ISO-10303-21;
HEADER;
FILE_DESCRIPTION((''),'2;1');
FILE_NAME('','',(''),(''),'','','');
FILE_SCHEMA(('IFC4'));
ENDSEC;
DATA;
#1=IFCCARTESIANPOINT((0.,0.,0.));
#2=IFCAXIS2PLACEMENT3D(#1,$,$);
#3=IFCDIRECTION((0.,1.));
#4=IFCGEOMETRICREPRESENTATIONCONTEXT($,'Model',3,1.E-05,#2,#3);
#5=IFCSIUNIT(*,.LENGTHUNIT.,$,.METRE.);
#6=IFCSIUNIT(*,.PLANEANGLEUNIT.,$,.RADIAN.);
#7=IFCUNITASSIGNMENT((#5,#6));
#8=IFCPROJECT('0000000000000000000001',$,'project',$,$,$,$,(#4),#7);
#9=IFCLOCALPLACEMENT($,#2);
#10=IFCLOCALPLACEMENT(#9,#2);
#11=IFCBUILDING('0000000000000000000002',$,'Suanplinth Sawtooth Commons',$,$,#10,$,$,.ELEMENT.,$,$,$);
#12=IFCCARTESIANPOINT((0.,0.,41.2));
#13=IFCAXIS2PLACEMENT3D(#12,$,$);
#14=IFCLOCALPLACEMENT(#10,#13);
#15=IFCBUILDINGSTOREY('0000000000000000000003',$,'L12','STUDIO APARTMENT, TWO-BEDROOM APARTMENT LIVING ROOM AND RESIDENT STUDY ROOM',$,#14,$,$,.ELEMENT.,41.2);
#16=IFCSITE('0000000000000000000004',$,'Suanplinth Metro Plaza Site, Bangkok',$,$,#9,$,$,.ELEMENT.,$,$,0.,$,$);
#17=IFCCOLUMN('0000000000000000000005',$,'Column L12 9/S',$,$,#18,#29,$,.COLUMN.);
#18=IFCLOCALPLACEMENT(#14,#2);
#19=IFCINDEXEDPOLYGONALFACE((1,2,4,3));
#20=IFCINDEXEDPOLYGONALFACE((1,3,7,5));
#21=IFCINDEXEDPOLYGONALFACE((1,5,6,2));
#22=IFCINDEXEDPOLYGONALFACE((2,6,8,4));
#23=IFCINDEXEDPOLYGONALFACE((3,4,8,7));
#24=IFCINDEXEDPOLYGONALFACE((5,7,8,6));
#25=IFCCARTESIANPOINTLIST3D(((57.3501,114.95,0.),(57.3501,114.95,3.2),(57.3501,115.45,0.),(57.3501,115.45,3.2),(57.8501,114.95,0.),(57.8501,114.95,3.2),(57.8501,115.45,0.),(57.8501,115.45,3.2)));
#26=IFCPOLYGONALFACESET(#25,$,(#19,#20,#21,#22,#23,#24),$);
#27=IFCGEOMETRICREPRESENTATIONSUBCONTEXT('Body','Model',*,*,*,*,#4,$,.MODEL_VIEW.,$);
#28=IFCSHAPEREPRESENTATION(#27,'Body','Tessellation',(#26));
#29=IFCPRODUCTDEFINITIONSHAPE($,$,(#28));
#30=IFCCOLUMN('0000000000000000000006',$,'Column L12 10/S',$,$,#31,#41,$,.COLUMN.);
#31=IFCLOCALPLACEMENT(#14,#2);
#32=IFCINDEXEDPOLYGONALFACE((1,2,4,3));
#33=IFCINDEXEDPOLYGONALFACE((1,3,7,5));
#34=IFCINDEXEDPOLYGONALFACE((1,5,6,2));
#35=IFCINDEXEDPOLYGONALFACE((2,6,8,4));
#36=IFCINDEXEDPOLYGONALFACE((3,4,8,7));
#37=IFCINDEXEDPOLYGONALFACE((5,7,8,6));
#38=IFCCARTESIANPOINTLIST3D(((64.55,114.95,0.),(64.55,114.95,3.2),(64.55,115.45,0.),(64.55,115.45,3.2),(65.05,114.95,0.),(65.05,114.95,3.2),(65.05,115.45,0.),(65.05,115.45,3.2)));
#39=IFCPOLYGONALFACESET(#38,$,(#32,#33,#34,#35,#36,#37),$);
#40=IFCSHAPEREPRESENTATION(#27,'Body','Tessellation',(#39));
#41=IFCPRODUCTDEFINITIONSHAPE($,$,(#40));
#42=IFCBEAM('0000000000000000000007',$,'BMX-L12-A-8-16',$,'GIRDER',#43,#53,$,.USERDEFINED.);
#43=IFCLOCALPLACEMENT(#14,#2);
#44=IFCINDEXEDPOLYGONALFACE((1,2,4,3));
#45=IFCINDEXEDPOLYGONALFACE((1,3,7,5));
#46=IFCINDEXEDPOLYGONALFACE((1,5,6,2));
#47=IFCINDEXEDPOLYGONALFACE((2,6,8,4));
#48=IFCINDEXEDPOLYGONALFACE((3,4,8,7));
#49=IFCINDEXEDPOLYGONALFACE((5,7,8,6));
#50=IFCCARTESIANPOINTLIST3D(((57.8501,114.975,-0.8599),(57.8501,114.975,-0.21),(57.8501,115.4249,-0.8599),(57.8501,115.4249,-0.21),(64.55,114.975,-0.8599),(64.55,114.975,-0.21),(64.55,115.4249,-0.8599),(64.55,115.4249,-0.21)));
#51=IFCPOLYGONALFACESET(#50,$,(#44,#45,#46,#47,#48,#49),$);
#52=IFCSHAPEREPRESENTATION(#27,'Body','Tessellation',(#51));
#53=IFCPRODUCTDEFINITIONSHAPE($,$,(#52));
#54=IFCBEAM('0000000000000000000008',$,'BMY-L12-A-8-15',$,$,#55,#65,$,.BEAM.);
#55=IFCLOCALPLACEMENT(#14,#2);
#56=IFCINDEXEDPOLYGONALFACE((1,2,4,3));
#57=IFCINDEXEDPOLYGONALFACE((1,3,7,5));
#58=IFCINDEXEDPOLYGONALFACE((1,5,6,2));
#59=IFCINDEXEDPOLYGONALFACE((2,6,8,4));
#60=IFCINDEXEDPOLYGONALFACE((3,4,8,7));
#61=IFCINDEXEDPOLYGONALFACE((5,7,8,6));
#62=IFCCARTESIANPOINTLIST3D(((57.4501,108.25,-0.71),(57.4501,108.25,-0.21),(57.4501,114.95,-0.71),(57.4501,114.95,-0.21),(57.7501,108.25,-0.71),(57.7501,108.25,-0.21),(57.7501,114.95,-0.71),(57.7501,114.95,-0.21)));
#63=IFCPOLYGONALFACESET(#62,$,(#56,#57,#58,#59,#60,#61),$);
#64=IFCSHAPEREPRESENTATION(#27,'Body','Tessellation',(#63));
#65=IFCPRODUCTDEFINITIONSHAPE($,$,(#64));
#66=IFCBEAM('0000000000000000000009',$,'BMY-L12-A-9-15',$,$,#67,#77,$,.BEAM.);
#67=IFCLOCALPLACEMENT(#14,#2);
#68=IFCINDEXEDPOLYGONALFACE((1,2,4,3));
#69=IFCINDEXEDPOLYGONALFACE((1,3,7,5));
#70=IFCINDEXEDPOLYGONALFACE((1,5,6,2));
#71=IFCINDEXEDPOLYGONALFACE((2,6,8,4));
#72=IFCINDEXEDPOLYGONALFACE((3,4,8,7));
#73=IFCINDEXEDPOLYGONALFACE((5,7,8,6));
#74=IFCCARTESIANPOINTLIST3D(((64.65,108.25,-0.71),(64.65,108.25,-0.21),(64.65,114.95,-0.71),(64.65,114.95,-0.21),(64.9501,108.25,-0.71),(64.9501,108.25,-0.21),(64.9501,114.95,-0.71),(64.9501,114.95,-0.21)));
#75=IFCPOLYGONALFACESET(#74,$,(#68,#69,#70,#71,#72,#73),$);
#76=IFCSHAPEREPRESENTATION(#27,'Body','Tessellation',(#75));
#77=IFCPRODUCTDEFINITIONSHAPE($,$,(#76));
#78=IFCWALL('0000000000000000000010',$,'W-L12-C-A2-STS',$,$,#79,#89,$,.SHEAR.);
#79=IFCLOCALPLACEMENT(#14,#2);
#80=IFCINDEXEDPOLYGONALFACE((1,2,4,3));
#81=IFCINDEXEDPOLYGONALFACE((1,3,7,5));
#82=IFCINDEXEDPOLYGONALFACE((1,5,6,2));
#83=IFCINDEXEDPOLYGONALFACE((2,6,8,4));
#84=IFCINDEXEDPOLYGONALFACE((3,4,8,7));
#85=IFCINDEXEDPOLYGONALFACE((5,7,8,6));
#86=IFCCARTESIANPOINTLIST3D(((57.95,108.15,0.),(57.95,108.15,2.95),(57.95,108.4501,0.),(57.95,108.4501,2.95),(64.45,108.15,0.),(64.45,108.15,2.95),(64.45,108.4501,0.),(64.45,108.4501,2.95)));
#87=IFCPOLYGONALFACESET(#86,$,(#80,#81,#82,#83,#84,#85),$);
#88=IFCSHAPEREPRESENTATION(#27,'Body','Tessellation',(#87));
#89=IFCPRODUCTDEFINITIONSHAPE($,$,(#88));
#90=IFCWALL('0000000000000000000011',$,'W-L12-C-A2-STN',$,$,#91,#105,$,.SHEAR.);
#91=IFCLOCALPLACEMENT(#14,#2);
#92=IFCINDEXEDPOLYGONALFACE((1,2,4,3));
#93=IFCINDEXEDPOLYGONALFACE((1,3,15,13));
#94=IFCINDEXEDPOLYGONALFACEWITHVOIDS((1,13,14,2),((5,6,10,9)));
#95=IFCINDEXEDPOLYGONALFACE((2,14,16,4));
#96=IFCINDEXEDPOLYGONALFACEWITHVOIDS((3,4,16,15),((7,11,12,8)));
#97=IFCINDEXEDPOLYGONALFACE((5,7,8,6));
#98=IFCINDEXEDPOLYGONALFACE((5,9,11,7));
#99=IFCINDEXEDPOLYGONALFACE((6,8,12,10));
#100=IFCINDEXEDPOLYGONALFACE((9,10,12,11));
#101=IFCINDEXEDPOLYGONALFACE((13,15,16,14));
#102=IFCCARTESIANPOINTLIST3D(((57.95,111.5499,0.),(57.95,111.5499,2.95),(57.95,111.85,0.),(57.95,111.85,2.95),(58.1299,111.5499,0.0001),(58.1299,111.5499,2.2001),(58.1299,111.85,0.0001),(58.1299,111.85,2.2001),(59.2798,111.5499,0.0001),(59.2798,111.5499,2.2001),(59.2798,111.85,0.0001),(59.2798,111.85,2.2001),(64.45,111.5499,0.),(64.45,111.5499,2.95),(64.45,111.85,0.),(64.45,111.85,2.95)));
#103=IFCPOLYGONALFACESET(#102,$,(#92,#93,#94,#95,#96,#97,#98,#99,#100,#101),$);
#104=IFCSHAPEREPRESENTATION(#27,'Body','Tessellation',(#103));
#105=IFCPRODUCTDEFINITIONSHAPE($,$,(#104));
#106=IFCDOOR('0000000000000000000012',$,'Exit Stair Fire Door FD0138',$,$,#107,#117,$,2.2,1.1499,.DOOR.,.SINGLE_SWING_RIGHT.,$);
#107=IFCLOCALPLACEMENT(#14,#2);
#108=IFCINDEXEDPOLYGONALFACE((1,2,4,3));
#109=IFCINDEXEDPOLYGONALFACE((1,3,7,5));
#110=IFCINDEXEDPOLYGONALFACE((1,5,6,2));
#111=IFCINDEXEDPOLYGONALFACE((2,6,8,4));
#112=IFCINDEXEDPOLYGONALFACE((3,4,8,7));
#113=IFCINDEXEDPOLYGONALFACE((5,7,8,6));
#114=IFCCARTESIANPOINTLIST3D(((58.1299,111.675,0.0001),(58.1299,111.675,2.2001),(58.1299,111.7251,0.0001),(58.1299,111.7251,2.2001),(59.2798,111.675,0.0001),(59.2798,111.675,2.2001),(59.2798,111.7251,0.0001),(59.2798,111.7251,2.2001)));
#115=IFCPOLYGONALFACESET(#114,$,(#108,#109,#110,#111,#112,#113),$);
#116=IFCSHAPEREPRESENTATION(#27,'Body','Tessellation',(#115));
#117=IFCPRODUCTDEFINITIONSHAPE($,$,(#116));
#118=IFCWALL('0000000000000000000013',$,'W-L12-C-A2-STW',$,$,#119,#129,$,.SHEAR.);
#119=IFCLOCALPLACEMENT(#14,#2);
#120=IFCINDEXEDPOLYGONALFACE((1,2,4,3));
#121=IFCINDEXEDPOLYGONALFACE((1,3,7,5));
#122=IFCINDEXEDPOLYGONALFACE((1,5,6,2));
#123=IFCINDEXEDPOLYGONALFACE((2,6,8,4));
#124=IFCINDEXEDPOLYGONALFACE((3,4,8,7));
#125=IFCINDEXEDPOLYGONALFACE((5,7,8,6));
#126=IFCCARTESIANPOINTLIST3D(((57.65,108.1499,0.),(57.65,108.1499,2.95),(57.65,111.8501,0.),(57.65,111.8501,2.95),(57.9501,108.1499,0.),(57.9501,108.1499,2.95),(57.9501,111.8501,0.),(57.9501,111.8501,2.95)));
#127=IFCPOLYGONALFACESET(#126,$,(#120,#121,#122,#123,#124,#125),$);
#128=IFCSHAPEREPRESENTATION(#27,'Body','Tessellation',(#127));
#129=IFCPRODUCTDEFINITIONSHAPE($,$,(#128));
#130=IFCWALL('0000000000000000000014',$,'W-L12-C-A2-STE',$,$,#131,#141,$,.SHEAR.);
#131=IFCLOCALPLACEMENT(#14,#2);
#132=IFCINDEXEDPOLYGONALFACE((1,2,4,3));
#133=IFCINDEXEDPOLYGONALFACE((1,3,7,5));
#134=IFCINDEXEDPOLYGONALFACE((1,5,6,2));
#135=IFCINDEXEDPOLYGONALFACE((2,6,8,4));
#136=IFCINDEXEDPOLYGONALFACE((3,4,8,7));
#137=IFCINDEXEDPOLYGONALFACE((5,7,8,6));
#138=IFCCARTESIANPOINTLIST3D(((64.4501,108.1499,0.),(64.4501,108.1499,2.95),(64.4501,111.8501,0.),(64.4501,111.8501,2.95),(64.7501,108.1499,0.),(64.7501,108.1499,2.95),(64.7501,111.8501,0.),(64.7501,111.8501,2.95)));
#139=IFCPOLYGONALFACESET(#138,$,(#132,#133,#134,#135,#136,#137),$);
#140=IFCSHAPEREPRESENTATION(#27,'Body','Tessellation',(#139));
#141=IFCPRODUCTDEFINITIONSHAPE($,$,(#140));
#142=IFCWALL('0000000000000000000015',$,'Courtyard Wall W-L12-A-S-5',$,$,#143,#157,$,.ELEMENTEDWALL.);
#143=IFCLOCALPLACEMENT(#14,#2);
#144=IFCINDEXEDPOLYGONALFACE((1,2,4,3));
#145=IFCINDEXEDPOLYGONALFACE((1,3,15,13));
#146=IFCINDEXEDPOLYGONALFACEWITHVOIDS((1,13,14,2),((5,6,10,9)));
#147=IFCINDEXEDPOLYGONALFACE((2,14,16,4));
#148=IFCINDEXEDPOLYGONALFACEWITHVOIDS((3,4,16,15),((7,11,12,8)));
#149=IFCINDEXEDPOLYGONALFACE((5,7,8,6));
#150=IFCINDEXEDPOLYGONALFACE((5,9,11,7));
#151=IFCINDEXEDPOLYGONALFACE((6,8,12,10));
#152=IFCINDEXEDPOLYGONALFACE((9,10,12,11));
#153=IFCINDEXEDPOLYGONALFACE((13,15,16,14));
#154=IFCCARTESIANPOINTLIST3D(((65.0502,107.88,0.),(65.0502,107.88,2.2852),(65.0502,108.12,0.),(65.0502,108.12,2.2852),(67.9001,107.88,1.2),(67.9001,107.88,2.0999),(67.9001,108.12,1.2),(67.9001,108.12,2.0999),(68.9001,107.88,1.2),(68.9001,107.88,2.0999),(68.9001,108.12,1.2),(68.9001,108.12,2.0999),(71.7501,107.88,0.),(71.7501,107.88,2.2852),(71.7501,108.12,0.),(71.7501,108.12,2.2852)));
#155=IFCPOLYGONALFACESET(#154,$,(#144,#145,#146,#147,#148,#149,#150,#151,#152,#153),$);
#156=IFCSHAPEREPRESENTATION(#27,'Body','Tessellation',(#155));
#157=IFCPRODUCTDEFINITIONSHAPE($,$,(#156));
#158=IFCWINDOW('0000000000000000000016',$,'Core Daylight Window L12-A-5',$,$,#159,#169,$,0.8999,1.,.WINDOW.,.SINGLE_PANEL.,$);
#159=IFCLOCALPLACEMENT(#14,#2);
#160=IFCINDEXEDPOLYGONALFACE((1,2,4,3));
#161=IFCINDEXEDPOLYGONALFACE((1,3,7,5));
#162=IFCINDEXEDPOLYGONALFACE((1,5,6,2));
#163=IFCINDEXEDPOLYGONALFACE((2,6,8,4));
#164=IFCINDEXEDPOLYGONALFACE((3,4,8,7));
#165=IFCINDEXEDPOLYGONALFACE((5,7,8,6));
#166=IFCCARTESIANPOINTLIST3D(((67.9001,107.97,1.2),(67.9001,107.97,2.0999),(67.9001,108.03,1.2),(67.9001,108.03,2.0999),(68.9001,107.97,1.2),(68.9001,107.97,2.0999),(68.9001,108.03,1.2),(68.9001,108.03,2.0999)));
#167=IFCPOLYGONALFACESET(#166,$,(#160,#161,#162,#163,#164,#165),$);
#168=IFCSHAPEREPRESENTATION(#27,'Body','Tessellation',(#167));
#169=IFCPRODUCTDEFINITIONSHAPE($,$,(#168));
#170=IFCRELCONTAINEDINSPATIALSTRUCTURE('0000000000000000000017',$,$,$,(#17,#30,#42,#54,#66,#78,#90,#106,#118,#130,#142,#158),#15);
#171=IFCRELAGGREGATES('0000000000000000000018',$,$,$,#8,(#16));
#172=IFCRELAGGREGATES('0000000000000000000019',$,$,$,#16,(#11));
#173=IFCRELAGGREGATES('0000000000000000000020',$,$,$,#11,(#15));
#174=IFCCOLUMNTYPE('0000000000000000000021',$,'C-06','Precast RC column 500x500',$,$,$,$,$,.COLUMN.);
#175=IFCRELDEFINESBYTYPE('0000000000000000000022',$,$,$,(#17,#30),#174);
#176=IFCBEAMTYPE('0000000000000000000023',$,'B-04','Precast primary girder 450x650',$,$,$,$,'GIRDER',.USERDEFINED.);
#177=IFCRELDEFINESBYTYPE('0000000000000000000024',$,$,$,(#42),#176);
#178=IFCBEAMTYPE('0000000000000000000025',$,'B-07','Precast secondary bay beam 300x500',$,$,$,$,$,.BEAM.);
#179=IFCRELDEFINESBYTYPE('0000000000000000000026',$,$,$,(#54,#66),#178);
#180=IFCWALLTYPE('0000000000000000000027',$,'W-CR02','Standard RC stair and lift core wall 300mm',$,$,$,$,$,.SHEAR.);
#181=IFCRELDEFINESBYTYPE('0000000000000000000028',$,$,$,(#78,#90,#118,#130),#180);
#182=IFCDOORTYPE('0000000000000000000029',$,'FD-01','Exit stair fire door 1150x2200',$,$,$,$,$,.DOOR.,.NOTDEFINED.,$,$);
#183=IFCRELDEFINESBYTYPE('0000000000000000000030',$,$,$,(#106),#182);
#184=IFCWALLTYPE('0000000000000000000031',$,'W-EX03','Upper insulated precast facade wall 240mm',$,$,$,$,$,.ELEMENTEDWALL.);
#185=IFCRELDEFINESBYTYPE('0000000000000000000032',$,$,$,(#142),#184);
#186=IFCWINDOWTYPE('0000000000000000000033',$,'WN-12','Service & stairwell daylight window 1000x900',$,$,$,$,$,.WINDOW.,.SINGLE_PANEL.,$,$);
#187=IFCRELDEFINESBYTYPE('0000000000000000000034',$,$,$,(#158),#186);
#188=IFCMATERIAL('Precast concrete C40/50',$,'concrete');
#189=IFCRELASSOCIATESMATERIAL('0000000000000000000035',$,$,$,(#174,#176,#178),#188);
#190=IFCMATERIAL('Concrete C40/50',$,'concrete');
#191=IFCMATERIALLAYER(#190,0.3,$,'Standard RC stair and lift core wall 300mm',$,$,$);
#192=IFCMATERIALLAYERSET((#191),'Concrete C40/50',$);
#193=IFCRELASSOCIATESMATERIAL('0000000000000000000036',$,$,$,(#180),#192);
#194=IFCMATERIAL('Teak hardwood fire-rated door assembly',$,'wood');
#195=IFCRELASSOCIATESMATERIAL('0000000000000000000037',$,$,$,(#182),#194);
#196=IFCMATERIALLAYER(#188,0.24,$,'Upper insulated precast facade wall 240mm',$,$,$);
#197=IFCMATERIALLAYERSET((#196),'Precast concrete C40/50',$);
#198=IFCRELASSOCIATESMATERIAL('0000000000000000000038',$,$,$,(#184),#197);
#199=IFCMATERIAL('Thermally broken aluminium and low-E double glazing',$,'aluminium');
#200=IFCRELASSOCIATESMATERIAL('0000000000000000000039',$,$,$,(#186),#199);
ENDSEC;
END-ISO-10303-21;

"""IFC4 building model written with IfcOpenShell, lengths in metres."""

from ifc_helpers import new_model, si_unit, direction, frame, frame_2d, origin, origin_2d, place, context, subcontext, project, spatial, rectangle, extrude, material, layer, layer_set, material_profile, profile_set, type_object, element, fill, save


model = new_model("IFC4")

# Units and contexts
model_context = context("Model", 3, precision=1e-05, world=origin(), true_north=direction((0.0, 1.0)))
body_context = subcontext(model_context, "Body", "Model", "MODEL_VIEW")
ifc_project = project(units=[si_unit("LENGTHUNIT", "METRE"), si_unit("PLANEANGLEUNIT", "RADIAN")], contexts=[model_context])

# Site, building, storey
site_placement = place(None, origin())
site = spatial("IfcSite", under=ifc_project, at=site_placement, Name="Suanplinth Metro Plaza Site, Bangkok", CompositionType="ELEMENT", RefElevation=0.0)
building_placement = place(site_placement, origin())
building = spatial("IfcBuilding", under=site, at=building_placement, Name="Suanplinth Sawtooth Commons", CompositionType="ELEMENT")
storey_placement = place(building_placement, frame((0.0, 0.0, 41.2)))
storey = spatial("IfcBuildingStorey", under=building, at=storey_placement, Name="L12", Description="STUDIO APARTMENT, TWO-BEDROOM APARTMENT LIVING ROOM AND RESIDENT STUDY ROOM", CompositionType="ELEMENT", Elevation=41.2)

# Columns
ifc_material_1 = material(Name="Precast concrete C40/50", Category="concrete")
ifc_material_profile_1 = material_profile(ifc_material_1, rectangle(XDim=0.5, YDim=0.5, at=origin_2d()), Name="PC-COL 500x500")
ifc_profile_set_1 = profile_set([ifc_material_profile_1], Name="Precast concrete C40/50")
column_type = type_object("IfcColumnType", Name="C-06", Description="Precast RC column 500x500", PredefinedType="COLUMN", material=ifc_profile_set_1)
for number, where, z_axis, x_axis, name in (
    (1, (57.6001, 115.2, 0.0), (0.0, 0.0, 1.0), (1.0, 0.0, 0.0), "Column L12 9/S"),
    (2, (64.8, 115.2, 0.0), (0.0, 0.0, 1.0), (1.0, 0.0, 0.0), "Column L12 10/S"),
):
    element("IfcColumn", number, at=place(storey_placement, frame(where, z_axis=z_axis, x_axis=x_axis)), inside=storey, type_object=column_type, Name=name, PredefinedType="COLUMN", context=body_context, shape_type="SweptSolid", body=[
        extrude(rectangle(XDim=0.5, YDim=0.5, at=origin_2d()), origin(), (0.0, 0.0, 1.0), 3.2),
    ])

# Beams
ifc_material_profile_2 = material_profile(ifc_material_1, rectangle(XDim=0.45, YDim=0.6499, at=origin_2d()), Name="PC-GDR 450x650")
ifc_profile_set_2 = profile_set([ifc_material_profile_2], Name="Precast concrete C40/50")
beam_type_1 = type_object("IfcBeamType", Name="B-04", Description="Precast primary girder 450x650", ElementType="GIRDER", PredefinedType="USERDEFINED", material=ifc_profile_set_2)
beam_placement = place(storey_placement, frame((57.8501, 115.2, -0.5349), z_axis=(1.0, 0.0, 0.0), x_axis=(0.0, 1.0, 0.0)))
element("IfcBeam", 3, at=beam_placement, inside=storey, type_object=beam_type_1, Name="BMX-L12-A-8-16", ObjectType="GIRDER", PredefinedType="USERDEFINED", context=body_context, shape_type="SweptSolid", body=[
    extrude(rectangle(XDim=0.45, YDim=0.6499, at=origin_2d()), origin(), (0.0, 0.0, 1.0), 6.7),
])
ifc_material_profile_3 = material_profile(ifc_material_1, rectangle(XDim=0.3, YDim=0.5, at=origin_2d()), Name="PC-BM 300x500")
ifc_profile_set_3 = profile_set([ifc_material_profile_3], Name="Precast concrete C40/50")
beam_type_2 = type_object("IfcBeamType", Name="B-07", Description="Precast secondary bay beam 300x500", PredefinedType="BEAM", material=ifc_profile_set_3)
for number, where, z_axis, x_axis, name in (
    (4, (57.6001, 108.25, -0.46), (0.0, 1.0, 0.0), (-1.0, 0.0, 0.0), "BMY-L12-A-8-15"),
    (5, (64.8, 108.25, -0.46), (0.0, 1.0, 0.0), (-1.0, 0.0, 0.0), "BMY-L12-A-9-15"),
):
    element("IfcBeam", number, at=place(storey_placement, frame(where, z_axis=z_axis, x_axis=x_axis)), inside=storey, type_object=beam_type_2, Name=name, PredefinedType="BEAM", context=body_context, shape_type="SweptSolid", body=[
        extrude(rectangle(XDim=0.3, YDim=0.5, at=origin_2d()), origin(), (0.0, 0.0, 1.0), 6.7),
    ])

# Wall
ifc_material_2 = material(Name="Concrete C40/50", Category="concrete")
ifc_layer_1 = layer(ifc_material_2, 0.3, Name="Standard RC stair and lift core wall 300mm")
ifc_layer_set_1 = layer_set([ifc_layer_1], Name="Concrete C40/50")
wall_type_1 = type_object("IfcWallType", Name="W-CR02", Description="Standard RC stair and lift core wall 300mm", PredefinedType="SHEAR", material=ifc_layer_set_1)
wall_1_placement = place(storey_placement, frame((57.95, 108.3, 0.0), z_axis=(0.0, 0.0, 1.0), x_axis=(1.0, 0.0, 0.0)))
element("IfcWall", 6, at=wall_1_placement, inside=storey, type_object=wall_type_1, Name="W-L12-C-A2-STS", PredefinedType="SHEAR", context=body_context, shape_type="SweptSolid", body=[
    extrude(rectangle(XDim=6.5, YDim=0.3, at=frame_2d((3.25, 0.0))), origin(), (0.0, 0.0, 1.0), 2.95),
])

# Wall, opening, door
wall_2_placement = place(storey_placement, frame((57.95, 111.7, 0.0), z_axis=(0.0, 0.0, 1.0), x_axis=(1.0, 0.0, 0.0)))
wall_2 = element("IfcWall", 7, at=wall_2_placement, inside=storey, type_object=wall_type_1, Name="W-L12-C-A2-STN", PredefinedType="SHEAR", context=body_context, shape_type="SweptSolid", body=[
    extrude(rectangle(XDim=6.5, YDim=0.3, at=frame_2d((3.25, 0.0))), origin(), (0.0, 0.0, 1.0), 2.95),
])
opening_1_placement = place(wall_2_placement, frame((0.1799, 0.0, 0.0)))
opening_1 = element("IfcOpeningElement", 8, at=opening_1_placement, cuts=wall_2, PredefinedType="OPENING", context=body_context, shape_type="SweptSolid", body=[
    extrude(rectangle(XDim=1.1499, YDim=2.2, at=frame_2d((0.575, 1.1001))), frame((0.0, 0.165, 0.0), z_axis=(0.0, -1.0, 0.0), x_axis=(1.0, 0.0, 0.0)), (0.0, 0.0, 1.0), 0.3298),
])
ifc_material_3 = material(Name="Teak hardwood fire-rated door assembly", Category="wood")
door_type_1 = type_object("IfcDoorType", Name="FD-01", Description="Exit stair fire door 1150x2200", OperationType="NOTDEFINED", PredefinedType="DOOR", material=ifc_material_3)
door_1_placement = place(opening_1_placement, frame((1.1499, 0.0, 0.0), z_axis=(0.0, 0.0, 1.0), x_axis=(-1.0, 0.0, 0.0)))
door_1 = element("IfcDoor", 9, at=door_1_placement, inside=storey, type_object=door_type_1, Name="Exit Stair Fire Door FD0138", OperationType="SINGLE_SWING_RIGHT", OverallHeight=2.2, OverallWidth=1.1499, PredefinedType="DOOR", context=body_context, shape_type="SweptSolid", body=[
    extrude(rectangle(XDim=1.1499, YDim=2.2, at=frame_2d((0.575, 1.1001))), frame((0.0, 0.0249, 0.0), z_axis=(0.0, -1.0, 0.0), x_axis=(1.0, 0.0, 0.0)), (0.0, 0.0, 1.0), 0.05),
])
fill(opening_1, door_1)

# Walls
for number, where, z_axis, x_axis, name in (
    (10, (57.8, 108.1499, 0.0), (0.0, 0.0, 1.0), (0.0, 1.0, 0.0), "W-L12-C-A2-STW"),
    (11, (64.6001, 108.1499, 0.0), (0.0, 0.0, 1.0), (0.0, 1.0, 0.0), "W-L12-C-A2-STE"),
):
    element("IfcWall", number, at=place(storey_placement, frame(where, z_axis=z_axis, x_axis=x_axis)), inside=storey, type_object=wall_type_1, Name=name, PredefinedType="SHEAR", context=body_context, shape_type="SweptSolid", body=[
        extrude(rectangle(XDim=3.7002, YDim=0.3, at=frame_2d((1.8501, 0.0))), origin(), (0.0, 0.0, 1.0), 2.95),
    ])

# Wall, opening, window
ifc_layer_2 = layer(ifc_material_1, 0.24, Name="Upper insulated precast facade wall 240mm")
ifc_layer_set_2 = layer_set([ifc_layer_2], Name="Precast concrete C40/50")
wall_type_2 = type_object("IfcWallType", Name="W-EX03", Description="Upper insulated precast facade wall 240mm", PredefinedType="ELEMENTEDWALL", material=ifc_layer_set_2)
wall_3_placement = place(storey_placement, frame((65.05, 108.0, 0.0), z_axis=(0.0, 0.0, 1.0), x_axis=(1.0, 0.0, 0.0)))
wall_3 = element("IfcWall", 12, at=wall_3_placement, inside=storey, type_object=wall_type_2, Name="Courtyard Wall W-L12-A-S-5", PredefinedType="ELEMENTEDWALL", context=body_context, shape_type="SweptSolid", body=[
    extrude(rectangle(XDim=6.7, YDim=0.24, at=frame_2d((3.3501, 0.0))), origin(), (0.0, 0.0, 1.0), 2.2852),
])
opening_2_placement = place(wall_3_placement, frame((2.8501, 0.0, 1.2)))
opening_2 = element("IfcOpeningElement", 13, at=opening_2_placement, cuts=wall_3, PredefinedType="OPENING", context=body_context, shape_type="SweptSolid", body=[
    extrude(rectangle(XDim=1.0, YDim=0.8999, at=frame_2d((0.5, 0.45))), frame((0.0, 0.1348, 0.0), z_axis=(0.0, -1.0, 0.0), x_axis=(1.0, 0.0, 0.0)), (0.0, 0.0, 1.0), 0.2698),
])
ifc_material_4 = material(Name="Thermally broken aluminium and low-E double glazing", Category="aluminium")
window_type = type_object("IfcWindowType", Name="WN-12", Description="Service & stairwell daylight window 1000x900", PartitioningType="SINGLE_PANEL", PredefinedType="WINDOW", material=ifc_material_4)
window_placement = place(opening_2_placement, origin())
window = element("IfcWindow", 14, at=window_placement, inside=storey, type_object=window_type, Name="Core Daylight Window L12-A-5", OverallHeight=0.8999, OverallWidth=1.0, PartitioningType="SINGLE_PANEL", PredefinedType="WINDOW", context=body_context, shape_type="SweptSolid", body=[
    extrude(rectangle(XDim=1.0, YDim=0.8999, at=frame_2d((0.5, 0.45))), frame((0.0, 0.03, 0.0), z_axis=(0.0, -1.0, 0.0), x_axis=(1.0, 0.0, 0.0)), (0.0, 0.0, 1.0), 0.0601),
])
fill(opening_2, window)

save(model, "model.ifc")
